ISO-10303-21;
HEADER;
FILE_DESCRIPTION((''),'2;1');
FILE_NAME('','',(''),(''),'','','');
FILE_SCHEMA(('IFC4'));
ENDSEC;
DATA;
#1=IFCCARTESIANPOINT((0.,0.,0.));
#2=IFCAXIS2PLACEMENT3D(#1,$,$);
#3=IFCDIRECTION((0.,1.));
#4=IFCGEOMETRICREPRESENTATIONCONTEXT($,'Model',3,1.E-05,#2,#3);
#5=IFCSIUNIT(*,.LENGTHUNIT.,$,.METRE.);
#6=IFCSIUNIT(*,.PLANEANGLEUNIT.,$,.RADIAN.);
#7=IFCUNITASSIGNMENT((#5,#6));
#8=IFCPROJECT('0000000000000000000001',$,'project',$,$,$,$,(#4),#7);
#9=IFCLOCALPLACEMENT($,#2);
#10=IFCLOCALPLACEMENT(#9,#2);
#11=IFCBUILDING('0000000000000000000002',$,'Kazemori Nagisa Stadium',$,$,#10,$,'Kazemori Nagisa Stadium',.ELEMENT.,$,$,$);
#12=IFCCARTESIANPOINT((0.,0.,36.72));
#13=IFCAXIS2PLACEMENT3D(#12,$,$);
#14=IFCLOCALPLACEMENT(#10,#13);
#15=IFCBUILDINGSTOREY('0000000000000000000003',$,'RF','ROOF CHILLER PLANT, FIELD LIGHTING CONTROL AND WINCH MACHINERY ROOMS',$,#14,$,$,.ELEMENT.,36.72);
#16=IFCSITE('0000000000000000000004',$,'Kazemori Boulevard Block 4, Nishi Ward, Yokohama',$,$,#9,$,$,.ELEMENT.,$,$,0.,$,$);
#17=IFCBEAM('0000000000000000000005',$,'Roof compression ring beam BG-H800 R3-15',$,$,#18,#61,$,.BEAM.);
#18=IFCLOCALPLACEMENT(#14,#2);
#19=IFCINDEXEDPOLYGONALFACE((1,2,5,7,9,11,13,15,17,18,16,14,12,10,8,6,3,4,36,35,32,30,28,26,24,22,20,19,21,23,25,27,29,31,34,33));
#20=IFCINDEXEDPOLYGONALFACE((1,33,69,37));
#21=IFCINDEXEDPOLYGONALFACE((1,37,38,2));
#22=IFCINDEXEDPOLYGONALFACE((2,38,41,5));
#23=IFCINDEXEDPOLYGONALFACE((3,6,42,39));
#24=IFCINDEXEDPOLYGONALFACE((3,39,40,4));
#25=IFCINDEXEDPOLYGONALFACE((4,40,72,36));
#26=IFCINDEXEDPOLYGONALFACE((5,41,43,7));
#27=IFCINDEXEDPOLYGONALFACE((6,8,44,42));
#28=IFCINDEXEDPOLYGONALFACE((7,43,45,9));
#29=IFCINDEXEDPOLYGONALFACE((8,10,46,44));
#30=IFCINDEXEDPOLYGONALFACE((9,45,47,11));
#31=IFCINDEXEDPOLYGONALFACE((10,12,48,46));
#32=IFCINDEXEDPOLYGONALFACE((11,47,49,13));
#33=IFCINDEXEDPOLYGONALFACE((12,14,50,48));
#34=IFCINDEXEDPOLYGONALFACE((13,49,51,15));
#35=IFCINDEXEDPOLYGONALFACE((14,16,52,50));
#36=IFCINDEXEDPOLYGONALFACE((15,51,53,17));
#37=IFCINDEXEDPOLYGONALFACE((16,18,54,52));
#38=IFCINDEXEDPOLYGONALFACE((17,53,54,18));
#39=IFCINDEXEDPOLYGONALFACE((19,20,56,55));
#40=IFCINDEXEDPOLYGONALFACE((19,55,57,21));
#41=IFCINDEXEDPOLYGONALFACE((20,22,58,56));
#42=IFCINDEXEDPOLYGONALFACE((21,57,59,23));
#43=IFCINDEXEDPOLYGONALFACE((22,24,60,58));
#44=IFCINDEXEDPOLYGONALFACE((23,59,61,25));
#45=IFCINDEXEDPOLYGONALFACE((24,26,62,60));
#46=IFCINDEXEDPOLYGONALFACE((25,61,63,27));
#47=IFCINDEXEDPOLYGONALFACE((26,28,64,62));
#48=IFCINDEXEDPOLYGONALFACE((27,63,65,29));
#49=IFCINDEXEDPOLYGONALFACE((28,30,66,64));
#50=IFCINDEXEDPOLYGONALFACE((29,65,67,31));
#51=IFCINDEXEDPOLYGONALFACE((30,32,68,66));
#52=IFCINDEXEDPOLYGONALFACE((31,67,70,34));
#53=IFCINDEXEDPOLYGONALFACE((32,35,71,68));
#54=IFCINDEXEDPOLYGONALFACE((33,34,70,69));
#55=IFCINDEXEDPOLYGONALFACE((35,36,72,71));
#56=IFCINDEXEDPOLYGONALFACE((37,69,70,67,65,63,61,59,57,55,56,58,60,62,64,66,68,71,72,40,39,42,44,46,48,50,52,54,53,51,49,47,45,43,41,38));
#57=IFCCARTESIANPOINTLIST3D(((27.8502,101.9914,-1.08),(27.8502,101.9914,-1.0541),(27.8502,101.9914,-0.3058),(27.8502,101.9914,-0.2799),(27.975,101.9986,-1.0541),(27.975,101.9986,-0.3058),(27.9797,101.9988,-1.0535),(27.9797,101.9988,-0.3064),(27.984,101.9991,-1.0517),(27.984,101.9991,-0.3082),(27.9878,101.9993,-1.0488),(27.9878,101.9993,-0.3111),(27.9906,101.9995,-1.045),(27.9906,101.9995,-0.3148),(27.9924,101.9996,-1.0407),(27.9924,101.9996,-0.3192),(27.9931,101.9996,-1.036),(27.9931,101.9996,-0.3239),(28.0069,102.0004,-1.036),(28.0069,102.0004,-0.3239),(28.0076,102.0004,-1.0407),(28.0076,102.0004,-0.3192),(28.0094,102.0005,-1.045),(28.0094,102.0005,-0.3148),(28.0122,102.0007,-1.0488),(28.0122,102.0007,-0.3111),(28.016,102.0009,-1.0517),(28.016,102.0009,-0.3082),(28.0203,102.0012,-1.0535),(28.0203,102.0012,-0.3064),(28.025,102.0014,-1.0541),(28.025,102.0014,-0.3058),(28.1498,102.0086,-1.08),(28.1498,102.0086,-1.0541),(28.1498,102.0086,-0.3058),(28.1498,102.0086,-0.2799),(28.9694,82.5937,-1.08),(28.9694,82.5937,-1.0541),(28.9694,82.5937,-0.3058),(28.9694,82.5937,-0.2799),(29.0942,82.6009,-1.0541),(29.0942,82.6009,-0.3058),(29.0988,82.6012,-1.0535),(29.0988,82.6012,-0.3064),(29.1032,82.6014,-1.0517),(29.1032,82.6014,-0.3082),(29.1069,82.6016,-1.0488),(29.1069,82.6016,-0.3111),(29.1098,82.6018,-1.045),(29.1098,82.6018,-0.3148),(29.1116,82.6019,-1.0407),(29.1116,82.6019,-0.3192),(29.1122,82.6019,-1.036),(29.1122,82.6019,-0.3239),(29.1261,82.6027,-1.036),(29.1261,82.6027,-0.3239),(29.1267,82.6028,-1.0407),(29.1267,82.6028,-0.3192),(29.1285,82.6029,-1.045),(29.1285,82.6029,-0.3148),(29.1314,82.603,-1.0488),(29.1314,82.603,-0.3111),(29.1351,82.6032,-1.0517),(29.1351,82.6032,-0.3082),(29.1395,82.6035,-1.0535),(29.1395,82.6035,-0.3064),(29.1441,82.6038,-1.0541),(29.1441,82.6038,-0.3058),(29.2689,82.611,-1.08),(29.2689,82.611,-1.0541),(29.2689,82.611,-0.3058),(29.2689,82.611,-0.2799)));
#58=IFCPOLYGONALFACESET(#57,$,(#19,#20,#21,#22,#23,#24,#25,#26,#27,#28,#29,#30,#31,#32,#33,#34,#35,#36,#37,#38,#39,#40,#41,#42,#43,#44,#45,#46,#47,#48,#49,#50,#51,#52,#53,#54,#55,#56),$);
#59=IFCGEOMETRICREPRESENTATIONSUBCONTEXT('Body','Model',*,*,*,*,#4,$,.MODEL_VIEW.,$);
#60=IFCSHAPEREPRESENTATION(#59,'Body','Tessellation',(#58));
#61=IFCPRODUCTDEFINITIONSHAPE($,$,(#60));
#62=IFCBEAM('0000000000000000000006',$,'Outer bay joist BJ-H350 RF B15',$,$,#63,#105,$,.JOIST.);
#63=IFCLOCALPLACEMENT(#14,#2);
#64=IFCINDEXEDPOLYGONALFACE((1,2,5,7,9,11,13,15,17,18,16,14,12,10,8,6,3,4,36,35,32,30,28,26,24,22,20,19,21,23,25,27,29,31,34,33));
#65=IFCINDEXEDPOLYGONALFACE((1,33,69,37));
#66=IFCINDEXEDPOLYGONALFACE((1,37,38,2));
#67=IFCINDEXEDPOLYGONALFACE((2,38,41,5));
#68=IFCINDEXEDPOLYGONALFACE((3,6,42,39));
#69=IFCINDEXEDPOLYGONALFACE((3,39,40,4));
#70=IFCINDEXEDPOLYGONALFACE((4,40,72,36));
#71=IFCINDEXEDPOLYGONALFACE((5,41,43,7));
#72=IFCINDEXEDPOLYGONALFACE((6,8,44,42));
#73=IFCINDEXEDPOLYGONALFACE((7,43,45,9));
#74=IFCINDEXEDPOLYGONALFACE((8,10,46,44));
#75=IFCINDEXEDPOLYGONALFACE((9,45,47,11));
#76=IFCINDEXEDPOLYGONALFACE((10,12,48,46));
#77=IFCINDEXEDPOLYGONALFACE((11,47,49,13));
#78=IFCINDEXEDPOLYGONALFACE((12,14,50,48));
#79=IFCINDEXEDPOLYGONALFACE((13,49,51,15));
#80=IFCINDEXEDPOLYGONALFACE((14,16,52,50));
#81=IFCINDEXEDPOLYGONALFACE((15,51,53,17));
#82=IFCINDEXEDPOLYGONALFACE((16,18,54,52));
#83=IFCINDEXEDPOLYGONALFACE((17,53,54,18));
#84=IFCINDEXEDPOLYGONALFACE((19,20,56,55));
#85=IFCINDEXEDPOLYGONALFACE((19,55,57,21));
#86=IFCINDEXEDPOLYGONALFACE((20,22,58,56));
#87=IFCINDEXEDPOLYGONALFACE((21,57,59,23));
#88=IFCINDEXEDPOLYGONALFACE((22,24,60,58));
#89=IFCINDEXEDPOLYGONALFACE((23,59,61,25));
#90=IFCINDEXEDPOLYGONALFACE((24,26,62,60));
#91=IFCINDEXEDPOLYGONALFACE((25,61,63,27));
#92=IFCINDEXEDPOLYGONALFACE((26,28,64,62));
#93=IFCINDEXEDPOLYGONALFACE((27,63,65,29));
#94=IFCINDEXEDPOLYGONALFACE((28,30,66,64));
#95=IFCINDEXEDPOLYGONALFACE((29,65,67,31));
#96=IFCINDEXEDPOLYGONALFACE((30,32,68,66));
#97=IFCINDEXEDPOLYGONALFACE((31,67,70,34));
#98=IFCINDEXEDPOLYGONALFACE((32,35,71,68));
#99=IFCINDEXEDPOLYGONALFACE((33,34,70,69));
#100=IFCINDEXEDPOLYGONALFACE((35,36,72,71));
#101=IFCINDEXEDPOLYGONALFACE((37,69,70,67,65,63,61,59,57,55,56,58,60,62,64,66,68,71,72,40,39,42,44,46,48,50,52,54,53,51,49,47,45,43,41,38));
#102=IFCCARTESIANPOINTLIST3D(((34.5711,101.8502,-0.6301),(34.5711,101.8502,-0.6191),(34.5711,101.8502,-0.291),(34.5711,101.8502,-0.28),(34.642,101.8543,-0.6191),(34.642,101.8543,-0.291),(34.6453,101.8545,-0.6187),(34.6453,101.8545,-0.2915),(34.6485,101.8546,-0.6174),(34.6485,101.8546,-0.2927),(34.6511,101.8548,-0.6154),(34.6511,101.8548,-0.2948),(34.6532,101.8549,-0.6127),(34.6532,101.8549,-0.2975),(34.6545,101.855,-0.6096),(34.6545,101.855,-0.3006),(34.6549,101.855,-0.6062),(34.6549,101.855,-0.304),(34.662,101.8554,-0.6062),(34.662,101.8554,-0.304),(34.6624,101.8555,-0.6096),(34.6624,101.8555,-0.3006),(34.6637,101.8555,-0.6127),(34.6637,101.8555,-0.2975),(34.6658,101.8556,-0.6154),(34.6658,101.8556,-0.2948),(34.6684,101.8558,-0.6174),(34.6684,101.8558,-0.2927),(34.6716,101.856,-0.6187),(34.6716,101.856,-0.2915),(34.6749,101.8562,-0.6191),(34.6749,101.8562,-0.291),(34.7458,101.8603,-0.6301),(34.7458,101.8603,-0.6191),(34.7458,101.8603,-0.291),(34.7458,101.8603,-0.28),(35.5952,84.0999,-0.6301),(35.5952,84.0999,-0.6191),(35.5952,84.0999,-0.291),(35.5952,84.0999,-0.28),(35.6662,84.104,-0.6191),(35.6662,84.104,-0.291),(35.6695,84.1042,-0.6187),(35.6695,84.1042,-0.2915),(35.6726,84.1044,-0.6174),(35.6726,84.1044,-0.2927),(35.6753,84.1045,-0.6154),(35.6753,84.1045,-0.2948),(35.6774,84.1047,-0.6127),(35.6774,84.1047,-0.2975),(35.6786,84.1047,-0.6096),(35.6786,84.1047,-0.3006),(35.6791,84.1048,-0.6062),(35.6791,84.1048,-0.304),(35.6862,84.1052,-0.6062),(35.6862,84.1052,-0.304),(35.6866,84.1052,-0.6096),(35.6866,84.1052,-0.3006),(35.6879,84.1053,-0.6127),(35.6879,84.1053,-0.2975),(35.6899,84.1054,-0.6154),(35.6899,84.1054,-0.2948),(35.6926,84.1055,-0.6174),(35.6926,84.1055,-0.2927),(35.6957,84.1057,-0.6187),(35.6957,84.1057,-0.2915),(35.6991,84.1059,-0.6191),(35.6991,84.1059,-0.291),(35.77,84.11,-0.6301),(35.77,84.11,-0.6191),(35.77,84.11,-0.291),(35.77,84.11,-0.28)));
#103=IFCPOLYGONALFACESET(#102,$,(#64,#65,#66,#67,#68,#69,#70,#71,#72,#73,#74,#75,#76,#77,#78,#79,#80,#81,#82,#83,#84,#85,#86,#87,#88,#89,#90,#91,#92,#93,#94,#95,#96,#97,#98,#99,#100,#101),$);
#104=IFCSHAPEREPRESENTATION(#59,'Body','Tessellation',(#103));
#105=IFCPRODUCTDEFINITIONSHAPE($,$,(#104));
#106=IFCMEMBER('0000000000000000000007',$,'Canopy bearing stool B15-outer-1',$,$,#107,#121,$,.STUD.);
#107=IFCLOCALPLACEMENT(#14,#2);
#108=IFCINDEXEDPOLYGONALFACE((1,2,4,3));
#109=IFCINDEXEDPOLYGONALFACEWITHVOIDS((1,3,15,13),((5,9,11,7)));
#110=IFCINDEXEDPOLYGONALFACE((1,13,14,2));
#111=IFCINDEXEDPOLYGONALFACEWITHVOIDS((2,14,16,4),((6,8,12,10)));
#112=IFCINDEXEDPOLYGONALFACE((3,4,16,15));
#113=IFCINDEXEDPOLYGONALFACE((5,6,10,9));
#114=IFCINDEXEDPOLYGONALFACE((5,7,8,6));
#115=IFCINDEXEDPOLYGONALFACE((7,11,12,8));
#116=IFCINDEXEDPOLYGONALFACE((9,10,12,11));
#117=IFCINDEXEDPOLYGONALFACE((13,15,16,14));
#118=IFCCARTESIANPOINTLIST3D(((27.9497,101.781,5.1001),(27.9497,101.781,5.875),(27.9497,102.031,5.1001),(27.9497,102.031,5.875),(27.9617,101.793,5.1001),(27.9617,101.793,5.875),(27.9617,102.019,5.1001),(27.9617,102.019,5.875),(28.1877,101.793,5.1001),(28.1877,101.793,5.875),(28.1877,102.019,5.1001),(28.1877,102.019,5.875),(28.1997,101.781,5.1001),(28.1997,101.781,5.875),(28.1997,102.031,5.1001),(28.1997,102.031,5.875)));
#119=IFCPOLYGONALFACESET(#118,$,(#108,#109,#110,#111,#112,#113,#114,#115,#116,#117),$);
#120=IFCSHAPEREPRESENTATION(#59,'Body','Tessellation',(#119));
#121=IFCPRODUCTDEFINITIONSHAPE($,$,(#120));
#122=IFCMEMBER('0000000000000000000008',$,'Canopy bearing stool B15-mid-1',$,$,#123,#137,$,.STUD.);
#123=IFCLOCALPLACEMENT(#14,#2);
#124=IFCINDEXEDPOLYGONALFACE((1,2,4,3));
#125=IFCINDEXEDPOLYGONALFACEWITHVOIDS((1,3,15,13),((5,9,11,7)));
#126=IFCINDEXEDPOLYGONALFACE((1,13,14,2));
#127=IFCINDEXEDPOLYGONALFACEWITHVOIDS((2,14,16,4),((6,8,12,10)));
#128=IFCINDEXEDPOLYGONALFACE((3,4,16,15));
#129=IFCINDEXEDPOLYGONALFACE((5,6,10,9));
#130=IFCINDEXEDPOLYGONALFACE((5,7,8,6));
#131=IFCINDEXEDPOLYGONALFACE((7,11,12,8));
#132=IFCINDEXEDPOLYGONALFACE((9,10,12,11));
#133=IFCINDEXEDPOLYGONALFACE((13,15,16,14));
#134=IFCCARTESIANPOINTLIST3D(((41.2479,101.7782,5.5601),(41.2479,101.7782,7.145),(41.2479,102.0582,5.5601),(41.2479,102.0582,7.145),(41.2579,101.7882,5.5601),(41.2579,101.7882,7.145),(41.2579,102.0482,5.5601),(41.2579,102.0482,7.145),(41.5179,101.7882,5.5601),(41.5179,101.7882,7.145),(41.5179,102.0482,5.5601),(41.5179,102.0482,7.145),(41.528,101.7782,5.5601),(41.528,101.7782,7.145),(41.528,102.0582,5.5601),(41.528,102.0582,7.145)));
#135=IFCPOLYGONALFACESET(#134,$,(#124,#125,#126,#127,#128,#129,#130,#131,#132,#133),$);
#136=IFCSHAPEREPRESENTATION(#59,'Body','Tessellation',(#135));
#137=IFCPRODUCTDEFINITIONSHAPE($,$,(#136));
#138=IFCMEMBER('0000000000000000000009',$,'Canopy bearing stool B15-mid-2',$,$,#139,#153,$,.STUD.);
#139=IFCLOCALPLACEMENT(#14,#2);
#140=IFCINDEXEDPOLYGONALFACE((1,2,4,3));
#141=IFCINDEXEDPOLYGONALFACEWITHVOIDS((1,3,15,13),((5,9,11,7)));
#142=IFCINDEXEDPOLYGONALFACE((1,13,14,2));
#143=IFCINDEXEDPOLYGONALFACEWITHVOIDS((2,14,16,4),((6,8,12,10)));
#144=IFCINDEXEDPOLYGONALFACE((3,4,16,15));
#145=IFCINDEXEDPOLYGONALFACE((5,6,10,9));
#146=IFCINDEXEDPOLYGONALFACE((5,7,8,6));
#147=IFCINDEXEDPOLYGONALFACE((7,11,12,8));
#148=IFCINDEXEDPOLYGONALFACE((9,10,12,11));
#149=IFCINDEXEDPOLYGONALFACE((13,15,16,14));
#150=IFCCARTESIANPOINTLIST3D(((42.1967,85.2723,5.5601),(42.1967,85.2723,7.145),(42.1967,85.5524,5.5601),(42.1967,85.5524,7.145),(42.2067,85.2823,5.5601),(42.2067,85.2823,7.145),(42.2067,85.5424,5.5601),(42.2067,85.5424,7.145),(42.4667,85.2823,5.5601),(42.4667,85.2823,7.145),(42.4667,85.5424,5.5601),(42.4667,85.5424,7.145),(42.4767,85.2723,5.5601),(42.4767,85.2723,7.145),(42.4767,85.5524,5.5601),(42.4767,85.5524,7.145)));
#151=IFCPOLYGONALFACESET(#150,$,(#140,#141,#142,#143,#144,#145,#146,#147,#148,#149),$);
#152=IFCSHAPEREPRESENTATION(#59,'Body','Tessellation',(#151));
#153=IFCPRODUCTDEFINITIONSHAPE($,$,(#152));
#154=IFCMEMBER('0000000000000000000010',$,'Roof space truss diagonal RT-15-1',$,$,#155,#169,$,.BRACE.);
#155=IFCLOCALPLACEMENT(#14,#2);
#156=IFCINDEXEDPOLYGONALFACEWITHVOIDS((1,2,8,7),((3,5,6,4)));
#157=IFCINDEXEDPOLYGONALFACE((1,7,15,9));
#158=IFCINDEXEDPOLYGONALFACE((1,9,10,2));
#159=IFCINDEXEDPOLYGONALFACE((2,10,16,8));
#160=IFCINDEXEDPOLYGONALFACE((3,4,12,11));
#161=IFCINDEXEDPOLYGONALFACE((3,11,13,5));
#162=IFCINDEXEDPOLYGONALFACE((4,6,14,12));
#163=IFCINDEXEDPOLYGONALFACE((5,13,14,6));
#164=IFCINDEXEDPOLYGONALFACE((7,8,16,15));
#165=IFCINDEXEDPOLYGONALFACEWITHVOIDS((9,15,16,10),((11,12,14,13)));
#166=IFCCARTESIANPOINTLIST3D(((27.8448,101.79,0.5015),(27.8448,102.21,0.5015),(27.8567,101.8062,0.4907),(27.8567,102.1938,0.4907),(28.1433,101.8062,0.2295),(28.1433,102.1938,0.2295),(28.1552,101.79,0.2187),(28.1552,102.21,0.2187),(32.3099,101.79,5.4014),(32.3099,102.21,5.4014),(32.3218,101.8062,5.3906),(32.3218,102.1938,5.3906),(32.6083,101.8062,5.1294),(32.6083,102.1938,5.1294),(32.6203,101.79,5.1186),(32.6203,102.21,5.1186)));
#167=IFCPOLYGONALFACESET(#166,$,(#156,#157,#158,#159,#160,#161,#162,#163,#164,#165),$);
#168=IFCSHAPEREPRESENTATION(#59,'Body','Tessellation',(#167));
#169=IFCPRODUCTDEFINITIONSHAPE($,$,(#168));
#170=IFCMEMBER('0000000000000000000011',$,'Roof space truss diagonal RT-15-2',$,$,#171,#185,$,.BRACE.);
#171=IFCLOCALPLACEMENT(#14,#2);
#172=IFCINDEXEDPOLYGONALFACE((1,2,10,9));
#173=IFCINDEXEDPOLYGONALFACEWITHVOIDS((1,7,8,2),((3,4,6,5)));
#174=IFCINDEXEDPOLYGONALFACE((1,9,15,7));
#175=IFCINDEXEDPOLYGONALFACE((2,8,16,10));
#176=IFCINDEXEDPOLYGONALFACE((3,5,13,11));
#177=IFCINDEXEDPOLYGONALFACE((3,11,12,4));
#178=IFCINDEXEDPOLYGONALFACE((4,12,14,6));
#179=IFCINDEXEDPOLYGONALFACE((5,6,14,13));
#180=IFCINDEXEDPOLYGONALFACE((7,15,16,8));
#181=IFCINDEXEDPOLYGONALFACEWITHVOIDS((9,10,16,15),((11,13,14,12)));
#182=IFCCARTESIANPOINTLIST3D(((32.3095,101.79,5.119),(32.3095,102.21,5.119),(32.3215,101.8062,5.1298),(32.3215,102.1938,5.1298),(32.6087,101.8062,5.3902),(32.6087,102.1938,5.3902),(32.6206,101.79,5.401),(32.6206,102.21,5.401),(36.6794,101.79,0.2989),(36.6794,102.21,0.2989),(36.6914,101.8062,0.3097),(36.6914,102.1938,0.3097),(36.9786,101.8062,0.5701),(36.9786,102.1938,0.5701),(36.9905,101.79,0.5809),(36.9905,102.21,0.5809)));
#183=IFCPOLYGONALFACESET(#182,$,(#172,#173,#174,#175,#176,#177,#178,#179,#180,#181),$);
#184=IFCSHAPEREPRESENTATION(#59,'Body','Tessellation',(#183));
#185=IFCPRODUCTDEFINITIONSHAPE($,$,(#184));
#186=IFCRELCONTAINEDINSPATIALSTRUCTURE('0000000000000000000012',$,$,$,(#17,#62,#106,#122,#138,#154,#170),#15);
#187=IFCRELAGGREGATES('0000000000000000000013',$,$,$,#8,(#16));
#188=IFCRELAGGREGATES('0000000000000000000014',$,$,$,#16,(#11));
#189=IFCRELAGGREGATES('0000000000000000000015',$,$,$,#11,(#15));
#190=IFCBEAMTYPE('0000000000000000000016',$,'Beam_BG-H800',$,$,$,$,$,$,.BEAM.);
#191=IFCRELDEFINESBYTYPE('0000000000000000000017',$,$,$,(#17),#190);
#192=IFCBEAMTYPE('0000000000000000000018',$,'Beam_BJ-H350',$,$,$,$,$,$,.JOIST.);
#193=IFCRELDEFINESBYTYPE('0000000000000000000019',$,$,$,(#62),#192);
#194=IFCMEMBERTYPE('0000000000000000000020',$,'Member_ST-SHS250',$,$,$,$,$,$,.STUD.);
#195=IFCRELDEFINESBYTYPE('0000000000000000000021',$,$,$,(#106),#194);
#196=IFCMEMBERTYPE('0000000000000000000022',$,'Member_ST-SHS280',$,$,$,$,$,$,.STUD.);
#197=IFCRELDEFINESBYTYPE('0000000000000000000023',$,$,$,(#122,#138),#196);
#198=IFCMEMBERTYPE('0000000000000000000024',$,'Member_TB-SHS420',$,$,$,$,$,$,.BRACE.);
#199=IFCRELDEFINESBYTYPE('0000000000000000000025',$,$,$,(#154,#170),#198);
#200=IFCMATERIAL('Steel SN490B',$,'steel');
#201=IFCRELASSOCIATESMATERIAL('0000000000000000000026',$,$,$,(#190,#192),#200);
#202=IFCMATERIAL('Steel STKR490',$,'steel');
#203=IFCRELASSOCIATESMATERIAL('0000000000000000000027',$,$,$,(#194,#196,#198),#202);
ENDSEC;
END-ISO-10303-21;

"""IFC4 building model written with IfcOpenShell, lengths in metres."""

from ifc_helpers import new_model, si_unit, direction, frame, origin, origin_2d, place, context, subcontext, project, spatial, hollow_rectangle, i_section, extrude, material, material_profile, profile_set, type_object, element, save


model = new_model("IFC4")

# Units and contexts
model_context = context("Model", 3, precision=1e-05, world=origin(), true_north=direction((0.0, 1.0)))
body_context = subcontext(model_context, "Body", "Model", "MODEL_VIEW")
ifc_project = project(units=[si_unit("LENGTHUNIT", "METRE"), si_unit("PLANEANGLEUNIT", "RADIAN")], contexts=[model_context])

# Site, building, storey
site_placement = place(None, origin())
site = spatial("IfcSite", under=ifc_project, at=site_placement, Name="Kazemori Boulevard Block 4, Nishi Ward, Yokohama", CompositionType="ELEMENT", RefElevation=0.0)
building_placement = place(site_placement, origin())
building = spatial("IfcBuilding", under=site, at=building_placement, Name="Kazemori Nagisa Stadium", LongName="Kazemori Nagisa Stadium", CompositionType="ELEMENT")
storey_placement = place(building_placement, frame((0.0, 0.0, 36.72)))
storey = spatial("IfcBuildingStorey", under=building, at=storey_placement, Name="RF", Description="ROOF CHILLER PLANT, FIELD LIGHTING CONTROL AND WINCH MACHINERY ROOMS", CompositionType="ELEMENT", Elevation=36.72)

# Shared definitions
ifc_material_1 = material(Name="Steel SN490B", Category="steel")

# Beams
ifc_material_profile_1 = material_profile(ifc_material_1, i_section(OverallWidth=0.3, OverallDepth=0.8, WebThickness=0.0139, FlangeThickness=0.0259, FilletRadius=0.0181, at=origin_2d()), Name="H-800x300x14x26")
ifc_profile_set_1 = profile_set([ifc_material_profile_1], Name="Steel SN490B")
beam_type_1 = type_object("IfcBeamType", Name="Beam_BG-H800", PredefinedType="BEAM", material=ifc_profile_set_1)
beam_1_placement = place(storey_placement, frame((28.0, 102.0, -0.6799), z_axis=(0.057599, -0.99834, 0.0), x_axis=(0.99834, 0.057599, 0.0)))
element("IfcBeam", 1, at=beam_1_placement, inside=storey, type_object=beam_type_1, Name="Roof compression ring beam BG-H800 R3-15", PredefinedType="BEAM", context=body_context, shape_type="SweptSolid", body=[
    extrude(i_section(OverallWidth=0.3, OverallDepth=0.8, WebThickness=0.0139, FlangeThickness=0.0259, FilletRadius=0.0181, at=origin_2d()), origin(), (0.0, 0.0, 1.0), 19.4299),
])
ifc_material_profile_2 = material_profile(ifc_material_1, i_section(OverallWidth=0.175, OverallDepth=0.3501, WebThickness=0.0071, FlangeThickness=0.011, FilletRadius=0.0129, at=origin_2d()), Name="H-350x175x7x11")
ifc_profile_set_2 = profile_set([ifc_material_profile_2], Name="Steel SN490B")
beam_type_2 = type_object("IfcBeamType", Name="Beam_BJ-H350", PredefinedType="JOIST", material=ifc_profile_set_2)
beam_2_placement = place(storey_placement, frame((34.6584, 101.8552, -0.4551), z_axis=(0.057603, -0.99834, 0.0), x_axis=(0.99834, 0.057603, 0.0)))
element("IfcBeam", 2, at=beam_2_placement, inside=storey, type_object=beam_type_2, Name="Outer bay joist BJ-H350 RF B15", PredefinedType="JOIST", context=body_context, shape_type="SweptSolid", body=[
    extrude(i_section(OverallWidth=0.175, OverallDepth=0.3501, WebThickness=0.0071, FlangeThickness=0.011, FilletRadius=0.0129, at=origin_2d()), origin(), (0.0, 0.0, 1.0), 17.7798),
])

# Members
ifc_material_2 = material(Name="Steel STKR490", Category="steel")
ifc_material_profile_3 = material_profile(ifc_material_2, hollow_rectangle(XDim=0.25, YDim=0.25, WallThickness=0.012, at=origin_2d()), Name="SHS-250x250x12")
ifc_profile_set_3 = profile_set([ifc_material_profile_3], Name="Steel STKR490")
member_type_1 = type_object("IfcMemberType", Name="Member_ST-SHS250", PredefinedType="STUD", material=ifc_profile_set_3)
member_1_placement = place(storey_placement, frame((28.0747, 101.906, 5.1001), z_axis=(0.0, 0.0, 1.0), x_axis=(1.0, 0.0, 0.0)))
element("IfcMember", 3, at=member_1_placement, inside=storey, type_object=member_type_1, Name="Canopy bearing stool B15-outer-1", PredefinedType="STUD", context=body_context, shape_type="SweptSolid", body=[
    extrude(hollow_rectangle(XDim=0.25, YDim=0.25, WallThickness=0.012, at=origin_2d()), origin(), (0.0, 0.0, 1.0), 0.7749),
])
ifc_material_profile_4 = material_profile(ifc_material_2, hollow_rectangle(XDim=0.28, YDim=0.28, WallThickness=0.01, at=origin_2d()), Name="SHS-280x280x10")
ifc_profile_set_4 = profile_set([ifc_material_profile_4], Name="Steel STKR490")
member_type_2 = type_object("IfcMemberType", Name="Member_ST-SHS280", PredefinedType="STUD", material=ifc_profile_set_4)
for number, where, z_axis, x_axis, name in (
    (4, (41.3879, 101.9182, 5.5601), (0.0, 0.0, 1.0), (1.0, 0.0, 0.0), "Canopy bearing stool B15-mid-1"),
    (5, (42.3367, 85.4124, 5.5601), (0.0, 0.0, 1.0), (1.0, 0.0, 0.0), "Canopy bearing stool B15-mid-2"),
):
    element("IfcMember", number, at=place(storey_placement, frame(where, z_axis=z_axis, x_axis=x_axis)), inside=storey, type_object=member_type_2, Name=name, PredefinedType="STUD", context=body_context, shape_type="SweptSolid", body=[
        extrude(hollow_rectangle(XDim=0.28, YDim=0.28, WallThickness=0.01, at=origin_2d()), origin(), (0.0, 0.0, 1.0), 1.585),
    ])
ifc_material_profile_5 = material_profile(ifc_material_2, hollow_rectangle(XDim=0.4199, YDim=0.4199, WallThickness=0.0161, at=origin_2d()), Name="SHS-420x420x16")
ifc_profile_set_5 = profile_set([ifc_material_profile_5], Name="Steel STKR490")
member_type_3 = type_object("IfcMemberType", Name="Member_TB-SHS420", PredefinedType="BRACE", material=ifc_profile_set_5)
member_2_placement = place(storey_placement, frame((28.0, 102.0, 0.3601), z_axis=(0.67355, 0.0, 0.739141), x_axis=(0.0, 1.0, 0.0)))
element("IfcMember", 6, at=member_2_placement, inside=storey, type_object=member_type_3, Name="Roof space truss diagonal RT-15-1", PredefinedType="BRACE", context=body_context, shape_type="SweptSolid", body=[
    extrude(hollow_rectangle(XDim=0.4199, YDim=0.4199, WallThickness=0.0161, at=origin_2d()), origin(), (0.0, 0.0, 1.0), 6.6292),
])
member_3_placement = place(storey_placement, frame((32.4651, 102.0, 5.26), z_axis=(0.671662, 0.0, -0.740858), x_axis=(0.0, 1.0, 0.0)))
element("IfcMember", 7, at=member_3_placement, inside=storey, type_object=member_type_3, Name="Roof space truss diagonal RT-15-2", PredefinedType="BRACE", context=body_context, shape_type="SweptSolid", body=[
    extrude(hollow_rectangle(XDim=0.4199, YDim=0.4199, WallThickness=0.0161, at=origin_2d()), origin(), (0.0, 0.0, 1.0), 6.5061),
])

save(model, "model.ifc")
